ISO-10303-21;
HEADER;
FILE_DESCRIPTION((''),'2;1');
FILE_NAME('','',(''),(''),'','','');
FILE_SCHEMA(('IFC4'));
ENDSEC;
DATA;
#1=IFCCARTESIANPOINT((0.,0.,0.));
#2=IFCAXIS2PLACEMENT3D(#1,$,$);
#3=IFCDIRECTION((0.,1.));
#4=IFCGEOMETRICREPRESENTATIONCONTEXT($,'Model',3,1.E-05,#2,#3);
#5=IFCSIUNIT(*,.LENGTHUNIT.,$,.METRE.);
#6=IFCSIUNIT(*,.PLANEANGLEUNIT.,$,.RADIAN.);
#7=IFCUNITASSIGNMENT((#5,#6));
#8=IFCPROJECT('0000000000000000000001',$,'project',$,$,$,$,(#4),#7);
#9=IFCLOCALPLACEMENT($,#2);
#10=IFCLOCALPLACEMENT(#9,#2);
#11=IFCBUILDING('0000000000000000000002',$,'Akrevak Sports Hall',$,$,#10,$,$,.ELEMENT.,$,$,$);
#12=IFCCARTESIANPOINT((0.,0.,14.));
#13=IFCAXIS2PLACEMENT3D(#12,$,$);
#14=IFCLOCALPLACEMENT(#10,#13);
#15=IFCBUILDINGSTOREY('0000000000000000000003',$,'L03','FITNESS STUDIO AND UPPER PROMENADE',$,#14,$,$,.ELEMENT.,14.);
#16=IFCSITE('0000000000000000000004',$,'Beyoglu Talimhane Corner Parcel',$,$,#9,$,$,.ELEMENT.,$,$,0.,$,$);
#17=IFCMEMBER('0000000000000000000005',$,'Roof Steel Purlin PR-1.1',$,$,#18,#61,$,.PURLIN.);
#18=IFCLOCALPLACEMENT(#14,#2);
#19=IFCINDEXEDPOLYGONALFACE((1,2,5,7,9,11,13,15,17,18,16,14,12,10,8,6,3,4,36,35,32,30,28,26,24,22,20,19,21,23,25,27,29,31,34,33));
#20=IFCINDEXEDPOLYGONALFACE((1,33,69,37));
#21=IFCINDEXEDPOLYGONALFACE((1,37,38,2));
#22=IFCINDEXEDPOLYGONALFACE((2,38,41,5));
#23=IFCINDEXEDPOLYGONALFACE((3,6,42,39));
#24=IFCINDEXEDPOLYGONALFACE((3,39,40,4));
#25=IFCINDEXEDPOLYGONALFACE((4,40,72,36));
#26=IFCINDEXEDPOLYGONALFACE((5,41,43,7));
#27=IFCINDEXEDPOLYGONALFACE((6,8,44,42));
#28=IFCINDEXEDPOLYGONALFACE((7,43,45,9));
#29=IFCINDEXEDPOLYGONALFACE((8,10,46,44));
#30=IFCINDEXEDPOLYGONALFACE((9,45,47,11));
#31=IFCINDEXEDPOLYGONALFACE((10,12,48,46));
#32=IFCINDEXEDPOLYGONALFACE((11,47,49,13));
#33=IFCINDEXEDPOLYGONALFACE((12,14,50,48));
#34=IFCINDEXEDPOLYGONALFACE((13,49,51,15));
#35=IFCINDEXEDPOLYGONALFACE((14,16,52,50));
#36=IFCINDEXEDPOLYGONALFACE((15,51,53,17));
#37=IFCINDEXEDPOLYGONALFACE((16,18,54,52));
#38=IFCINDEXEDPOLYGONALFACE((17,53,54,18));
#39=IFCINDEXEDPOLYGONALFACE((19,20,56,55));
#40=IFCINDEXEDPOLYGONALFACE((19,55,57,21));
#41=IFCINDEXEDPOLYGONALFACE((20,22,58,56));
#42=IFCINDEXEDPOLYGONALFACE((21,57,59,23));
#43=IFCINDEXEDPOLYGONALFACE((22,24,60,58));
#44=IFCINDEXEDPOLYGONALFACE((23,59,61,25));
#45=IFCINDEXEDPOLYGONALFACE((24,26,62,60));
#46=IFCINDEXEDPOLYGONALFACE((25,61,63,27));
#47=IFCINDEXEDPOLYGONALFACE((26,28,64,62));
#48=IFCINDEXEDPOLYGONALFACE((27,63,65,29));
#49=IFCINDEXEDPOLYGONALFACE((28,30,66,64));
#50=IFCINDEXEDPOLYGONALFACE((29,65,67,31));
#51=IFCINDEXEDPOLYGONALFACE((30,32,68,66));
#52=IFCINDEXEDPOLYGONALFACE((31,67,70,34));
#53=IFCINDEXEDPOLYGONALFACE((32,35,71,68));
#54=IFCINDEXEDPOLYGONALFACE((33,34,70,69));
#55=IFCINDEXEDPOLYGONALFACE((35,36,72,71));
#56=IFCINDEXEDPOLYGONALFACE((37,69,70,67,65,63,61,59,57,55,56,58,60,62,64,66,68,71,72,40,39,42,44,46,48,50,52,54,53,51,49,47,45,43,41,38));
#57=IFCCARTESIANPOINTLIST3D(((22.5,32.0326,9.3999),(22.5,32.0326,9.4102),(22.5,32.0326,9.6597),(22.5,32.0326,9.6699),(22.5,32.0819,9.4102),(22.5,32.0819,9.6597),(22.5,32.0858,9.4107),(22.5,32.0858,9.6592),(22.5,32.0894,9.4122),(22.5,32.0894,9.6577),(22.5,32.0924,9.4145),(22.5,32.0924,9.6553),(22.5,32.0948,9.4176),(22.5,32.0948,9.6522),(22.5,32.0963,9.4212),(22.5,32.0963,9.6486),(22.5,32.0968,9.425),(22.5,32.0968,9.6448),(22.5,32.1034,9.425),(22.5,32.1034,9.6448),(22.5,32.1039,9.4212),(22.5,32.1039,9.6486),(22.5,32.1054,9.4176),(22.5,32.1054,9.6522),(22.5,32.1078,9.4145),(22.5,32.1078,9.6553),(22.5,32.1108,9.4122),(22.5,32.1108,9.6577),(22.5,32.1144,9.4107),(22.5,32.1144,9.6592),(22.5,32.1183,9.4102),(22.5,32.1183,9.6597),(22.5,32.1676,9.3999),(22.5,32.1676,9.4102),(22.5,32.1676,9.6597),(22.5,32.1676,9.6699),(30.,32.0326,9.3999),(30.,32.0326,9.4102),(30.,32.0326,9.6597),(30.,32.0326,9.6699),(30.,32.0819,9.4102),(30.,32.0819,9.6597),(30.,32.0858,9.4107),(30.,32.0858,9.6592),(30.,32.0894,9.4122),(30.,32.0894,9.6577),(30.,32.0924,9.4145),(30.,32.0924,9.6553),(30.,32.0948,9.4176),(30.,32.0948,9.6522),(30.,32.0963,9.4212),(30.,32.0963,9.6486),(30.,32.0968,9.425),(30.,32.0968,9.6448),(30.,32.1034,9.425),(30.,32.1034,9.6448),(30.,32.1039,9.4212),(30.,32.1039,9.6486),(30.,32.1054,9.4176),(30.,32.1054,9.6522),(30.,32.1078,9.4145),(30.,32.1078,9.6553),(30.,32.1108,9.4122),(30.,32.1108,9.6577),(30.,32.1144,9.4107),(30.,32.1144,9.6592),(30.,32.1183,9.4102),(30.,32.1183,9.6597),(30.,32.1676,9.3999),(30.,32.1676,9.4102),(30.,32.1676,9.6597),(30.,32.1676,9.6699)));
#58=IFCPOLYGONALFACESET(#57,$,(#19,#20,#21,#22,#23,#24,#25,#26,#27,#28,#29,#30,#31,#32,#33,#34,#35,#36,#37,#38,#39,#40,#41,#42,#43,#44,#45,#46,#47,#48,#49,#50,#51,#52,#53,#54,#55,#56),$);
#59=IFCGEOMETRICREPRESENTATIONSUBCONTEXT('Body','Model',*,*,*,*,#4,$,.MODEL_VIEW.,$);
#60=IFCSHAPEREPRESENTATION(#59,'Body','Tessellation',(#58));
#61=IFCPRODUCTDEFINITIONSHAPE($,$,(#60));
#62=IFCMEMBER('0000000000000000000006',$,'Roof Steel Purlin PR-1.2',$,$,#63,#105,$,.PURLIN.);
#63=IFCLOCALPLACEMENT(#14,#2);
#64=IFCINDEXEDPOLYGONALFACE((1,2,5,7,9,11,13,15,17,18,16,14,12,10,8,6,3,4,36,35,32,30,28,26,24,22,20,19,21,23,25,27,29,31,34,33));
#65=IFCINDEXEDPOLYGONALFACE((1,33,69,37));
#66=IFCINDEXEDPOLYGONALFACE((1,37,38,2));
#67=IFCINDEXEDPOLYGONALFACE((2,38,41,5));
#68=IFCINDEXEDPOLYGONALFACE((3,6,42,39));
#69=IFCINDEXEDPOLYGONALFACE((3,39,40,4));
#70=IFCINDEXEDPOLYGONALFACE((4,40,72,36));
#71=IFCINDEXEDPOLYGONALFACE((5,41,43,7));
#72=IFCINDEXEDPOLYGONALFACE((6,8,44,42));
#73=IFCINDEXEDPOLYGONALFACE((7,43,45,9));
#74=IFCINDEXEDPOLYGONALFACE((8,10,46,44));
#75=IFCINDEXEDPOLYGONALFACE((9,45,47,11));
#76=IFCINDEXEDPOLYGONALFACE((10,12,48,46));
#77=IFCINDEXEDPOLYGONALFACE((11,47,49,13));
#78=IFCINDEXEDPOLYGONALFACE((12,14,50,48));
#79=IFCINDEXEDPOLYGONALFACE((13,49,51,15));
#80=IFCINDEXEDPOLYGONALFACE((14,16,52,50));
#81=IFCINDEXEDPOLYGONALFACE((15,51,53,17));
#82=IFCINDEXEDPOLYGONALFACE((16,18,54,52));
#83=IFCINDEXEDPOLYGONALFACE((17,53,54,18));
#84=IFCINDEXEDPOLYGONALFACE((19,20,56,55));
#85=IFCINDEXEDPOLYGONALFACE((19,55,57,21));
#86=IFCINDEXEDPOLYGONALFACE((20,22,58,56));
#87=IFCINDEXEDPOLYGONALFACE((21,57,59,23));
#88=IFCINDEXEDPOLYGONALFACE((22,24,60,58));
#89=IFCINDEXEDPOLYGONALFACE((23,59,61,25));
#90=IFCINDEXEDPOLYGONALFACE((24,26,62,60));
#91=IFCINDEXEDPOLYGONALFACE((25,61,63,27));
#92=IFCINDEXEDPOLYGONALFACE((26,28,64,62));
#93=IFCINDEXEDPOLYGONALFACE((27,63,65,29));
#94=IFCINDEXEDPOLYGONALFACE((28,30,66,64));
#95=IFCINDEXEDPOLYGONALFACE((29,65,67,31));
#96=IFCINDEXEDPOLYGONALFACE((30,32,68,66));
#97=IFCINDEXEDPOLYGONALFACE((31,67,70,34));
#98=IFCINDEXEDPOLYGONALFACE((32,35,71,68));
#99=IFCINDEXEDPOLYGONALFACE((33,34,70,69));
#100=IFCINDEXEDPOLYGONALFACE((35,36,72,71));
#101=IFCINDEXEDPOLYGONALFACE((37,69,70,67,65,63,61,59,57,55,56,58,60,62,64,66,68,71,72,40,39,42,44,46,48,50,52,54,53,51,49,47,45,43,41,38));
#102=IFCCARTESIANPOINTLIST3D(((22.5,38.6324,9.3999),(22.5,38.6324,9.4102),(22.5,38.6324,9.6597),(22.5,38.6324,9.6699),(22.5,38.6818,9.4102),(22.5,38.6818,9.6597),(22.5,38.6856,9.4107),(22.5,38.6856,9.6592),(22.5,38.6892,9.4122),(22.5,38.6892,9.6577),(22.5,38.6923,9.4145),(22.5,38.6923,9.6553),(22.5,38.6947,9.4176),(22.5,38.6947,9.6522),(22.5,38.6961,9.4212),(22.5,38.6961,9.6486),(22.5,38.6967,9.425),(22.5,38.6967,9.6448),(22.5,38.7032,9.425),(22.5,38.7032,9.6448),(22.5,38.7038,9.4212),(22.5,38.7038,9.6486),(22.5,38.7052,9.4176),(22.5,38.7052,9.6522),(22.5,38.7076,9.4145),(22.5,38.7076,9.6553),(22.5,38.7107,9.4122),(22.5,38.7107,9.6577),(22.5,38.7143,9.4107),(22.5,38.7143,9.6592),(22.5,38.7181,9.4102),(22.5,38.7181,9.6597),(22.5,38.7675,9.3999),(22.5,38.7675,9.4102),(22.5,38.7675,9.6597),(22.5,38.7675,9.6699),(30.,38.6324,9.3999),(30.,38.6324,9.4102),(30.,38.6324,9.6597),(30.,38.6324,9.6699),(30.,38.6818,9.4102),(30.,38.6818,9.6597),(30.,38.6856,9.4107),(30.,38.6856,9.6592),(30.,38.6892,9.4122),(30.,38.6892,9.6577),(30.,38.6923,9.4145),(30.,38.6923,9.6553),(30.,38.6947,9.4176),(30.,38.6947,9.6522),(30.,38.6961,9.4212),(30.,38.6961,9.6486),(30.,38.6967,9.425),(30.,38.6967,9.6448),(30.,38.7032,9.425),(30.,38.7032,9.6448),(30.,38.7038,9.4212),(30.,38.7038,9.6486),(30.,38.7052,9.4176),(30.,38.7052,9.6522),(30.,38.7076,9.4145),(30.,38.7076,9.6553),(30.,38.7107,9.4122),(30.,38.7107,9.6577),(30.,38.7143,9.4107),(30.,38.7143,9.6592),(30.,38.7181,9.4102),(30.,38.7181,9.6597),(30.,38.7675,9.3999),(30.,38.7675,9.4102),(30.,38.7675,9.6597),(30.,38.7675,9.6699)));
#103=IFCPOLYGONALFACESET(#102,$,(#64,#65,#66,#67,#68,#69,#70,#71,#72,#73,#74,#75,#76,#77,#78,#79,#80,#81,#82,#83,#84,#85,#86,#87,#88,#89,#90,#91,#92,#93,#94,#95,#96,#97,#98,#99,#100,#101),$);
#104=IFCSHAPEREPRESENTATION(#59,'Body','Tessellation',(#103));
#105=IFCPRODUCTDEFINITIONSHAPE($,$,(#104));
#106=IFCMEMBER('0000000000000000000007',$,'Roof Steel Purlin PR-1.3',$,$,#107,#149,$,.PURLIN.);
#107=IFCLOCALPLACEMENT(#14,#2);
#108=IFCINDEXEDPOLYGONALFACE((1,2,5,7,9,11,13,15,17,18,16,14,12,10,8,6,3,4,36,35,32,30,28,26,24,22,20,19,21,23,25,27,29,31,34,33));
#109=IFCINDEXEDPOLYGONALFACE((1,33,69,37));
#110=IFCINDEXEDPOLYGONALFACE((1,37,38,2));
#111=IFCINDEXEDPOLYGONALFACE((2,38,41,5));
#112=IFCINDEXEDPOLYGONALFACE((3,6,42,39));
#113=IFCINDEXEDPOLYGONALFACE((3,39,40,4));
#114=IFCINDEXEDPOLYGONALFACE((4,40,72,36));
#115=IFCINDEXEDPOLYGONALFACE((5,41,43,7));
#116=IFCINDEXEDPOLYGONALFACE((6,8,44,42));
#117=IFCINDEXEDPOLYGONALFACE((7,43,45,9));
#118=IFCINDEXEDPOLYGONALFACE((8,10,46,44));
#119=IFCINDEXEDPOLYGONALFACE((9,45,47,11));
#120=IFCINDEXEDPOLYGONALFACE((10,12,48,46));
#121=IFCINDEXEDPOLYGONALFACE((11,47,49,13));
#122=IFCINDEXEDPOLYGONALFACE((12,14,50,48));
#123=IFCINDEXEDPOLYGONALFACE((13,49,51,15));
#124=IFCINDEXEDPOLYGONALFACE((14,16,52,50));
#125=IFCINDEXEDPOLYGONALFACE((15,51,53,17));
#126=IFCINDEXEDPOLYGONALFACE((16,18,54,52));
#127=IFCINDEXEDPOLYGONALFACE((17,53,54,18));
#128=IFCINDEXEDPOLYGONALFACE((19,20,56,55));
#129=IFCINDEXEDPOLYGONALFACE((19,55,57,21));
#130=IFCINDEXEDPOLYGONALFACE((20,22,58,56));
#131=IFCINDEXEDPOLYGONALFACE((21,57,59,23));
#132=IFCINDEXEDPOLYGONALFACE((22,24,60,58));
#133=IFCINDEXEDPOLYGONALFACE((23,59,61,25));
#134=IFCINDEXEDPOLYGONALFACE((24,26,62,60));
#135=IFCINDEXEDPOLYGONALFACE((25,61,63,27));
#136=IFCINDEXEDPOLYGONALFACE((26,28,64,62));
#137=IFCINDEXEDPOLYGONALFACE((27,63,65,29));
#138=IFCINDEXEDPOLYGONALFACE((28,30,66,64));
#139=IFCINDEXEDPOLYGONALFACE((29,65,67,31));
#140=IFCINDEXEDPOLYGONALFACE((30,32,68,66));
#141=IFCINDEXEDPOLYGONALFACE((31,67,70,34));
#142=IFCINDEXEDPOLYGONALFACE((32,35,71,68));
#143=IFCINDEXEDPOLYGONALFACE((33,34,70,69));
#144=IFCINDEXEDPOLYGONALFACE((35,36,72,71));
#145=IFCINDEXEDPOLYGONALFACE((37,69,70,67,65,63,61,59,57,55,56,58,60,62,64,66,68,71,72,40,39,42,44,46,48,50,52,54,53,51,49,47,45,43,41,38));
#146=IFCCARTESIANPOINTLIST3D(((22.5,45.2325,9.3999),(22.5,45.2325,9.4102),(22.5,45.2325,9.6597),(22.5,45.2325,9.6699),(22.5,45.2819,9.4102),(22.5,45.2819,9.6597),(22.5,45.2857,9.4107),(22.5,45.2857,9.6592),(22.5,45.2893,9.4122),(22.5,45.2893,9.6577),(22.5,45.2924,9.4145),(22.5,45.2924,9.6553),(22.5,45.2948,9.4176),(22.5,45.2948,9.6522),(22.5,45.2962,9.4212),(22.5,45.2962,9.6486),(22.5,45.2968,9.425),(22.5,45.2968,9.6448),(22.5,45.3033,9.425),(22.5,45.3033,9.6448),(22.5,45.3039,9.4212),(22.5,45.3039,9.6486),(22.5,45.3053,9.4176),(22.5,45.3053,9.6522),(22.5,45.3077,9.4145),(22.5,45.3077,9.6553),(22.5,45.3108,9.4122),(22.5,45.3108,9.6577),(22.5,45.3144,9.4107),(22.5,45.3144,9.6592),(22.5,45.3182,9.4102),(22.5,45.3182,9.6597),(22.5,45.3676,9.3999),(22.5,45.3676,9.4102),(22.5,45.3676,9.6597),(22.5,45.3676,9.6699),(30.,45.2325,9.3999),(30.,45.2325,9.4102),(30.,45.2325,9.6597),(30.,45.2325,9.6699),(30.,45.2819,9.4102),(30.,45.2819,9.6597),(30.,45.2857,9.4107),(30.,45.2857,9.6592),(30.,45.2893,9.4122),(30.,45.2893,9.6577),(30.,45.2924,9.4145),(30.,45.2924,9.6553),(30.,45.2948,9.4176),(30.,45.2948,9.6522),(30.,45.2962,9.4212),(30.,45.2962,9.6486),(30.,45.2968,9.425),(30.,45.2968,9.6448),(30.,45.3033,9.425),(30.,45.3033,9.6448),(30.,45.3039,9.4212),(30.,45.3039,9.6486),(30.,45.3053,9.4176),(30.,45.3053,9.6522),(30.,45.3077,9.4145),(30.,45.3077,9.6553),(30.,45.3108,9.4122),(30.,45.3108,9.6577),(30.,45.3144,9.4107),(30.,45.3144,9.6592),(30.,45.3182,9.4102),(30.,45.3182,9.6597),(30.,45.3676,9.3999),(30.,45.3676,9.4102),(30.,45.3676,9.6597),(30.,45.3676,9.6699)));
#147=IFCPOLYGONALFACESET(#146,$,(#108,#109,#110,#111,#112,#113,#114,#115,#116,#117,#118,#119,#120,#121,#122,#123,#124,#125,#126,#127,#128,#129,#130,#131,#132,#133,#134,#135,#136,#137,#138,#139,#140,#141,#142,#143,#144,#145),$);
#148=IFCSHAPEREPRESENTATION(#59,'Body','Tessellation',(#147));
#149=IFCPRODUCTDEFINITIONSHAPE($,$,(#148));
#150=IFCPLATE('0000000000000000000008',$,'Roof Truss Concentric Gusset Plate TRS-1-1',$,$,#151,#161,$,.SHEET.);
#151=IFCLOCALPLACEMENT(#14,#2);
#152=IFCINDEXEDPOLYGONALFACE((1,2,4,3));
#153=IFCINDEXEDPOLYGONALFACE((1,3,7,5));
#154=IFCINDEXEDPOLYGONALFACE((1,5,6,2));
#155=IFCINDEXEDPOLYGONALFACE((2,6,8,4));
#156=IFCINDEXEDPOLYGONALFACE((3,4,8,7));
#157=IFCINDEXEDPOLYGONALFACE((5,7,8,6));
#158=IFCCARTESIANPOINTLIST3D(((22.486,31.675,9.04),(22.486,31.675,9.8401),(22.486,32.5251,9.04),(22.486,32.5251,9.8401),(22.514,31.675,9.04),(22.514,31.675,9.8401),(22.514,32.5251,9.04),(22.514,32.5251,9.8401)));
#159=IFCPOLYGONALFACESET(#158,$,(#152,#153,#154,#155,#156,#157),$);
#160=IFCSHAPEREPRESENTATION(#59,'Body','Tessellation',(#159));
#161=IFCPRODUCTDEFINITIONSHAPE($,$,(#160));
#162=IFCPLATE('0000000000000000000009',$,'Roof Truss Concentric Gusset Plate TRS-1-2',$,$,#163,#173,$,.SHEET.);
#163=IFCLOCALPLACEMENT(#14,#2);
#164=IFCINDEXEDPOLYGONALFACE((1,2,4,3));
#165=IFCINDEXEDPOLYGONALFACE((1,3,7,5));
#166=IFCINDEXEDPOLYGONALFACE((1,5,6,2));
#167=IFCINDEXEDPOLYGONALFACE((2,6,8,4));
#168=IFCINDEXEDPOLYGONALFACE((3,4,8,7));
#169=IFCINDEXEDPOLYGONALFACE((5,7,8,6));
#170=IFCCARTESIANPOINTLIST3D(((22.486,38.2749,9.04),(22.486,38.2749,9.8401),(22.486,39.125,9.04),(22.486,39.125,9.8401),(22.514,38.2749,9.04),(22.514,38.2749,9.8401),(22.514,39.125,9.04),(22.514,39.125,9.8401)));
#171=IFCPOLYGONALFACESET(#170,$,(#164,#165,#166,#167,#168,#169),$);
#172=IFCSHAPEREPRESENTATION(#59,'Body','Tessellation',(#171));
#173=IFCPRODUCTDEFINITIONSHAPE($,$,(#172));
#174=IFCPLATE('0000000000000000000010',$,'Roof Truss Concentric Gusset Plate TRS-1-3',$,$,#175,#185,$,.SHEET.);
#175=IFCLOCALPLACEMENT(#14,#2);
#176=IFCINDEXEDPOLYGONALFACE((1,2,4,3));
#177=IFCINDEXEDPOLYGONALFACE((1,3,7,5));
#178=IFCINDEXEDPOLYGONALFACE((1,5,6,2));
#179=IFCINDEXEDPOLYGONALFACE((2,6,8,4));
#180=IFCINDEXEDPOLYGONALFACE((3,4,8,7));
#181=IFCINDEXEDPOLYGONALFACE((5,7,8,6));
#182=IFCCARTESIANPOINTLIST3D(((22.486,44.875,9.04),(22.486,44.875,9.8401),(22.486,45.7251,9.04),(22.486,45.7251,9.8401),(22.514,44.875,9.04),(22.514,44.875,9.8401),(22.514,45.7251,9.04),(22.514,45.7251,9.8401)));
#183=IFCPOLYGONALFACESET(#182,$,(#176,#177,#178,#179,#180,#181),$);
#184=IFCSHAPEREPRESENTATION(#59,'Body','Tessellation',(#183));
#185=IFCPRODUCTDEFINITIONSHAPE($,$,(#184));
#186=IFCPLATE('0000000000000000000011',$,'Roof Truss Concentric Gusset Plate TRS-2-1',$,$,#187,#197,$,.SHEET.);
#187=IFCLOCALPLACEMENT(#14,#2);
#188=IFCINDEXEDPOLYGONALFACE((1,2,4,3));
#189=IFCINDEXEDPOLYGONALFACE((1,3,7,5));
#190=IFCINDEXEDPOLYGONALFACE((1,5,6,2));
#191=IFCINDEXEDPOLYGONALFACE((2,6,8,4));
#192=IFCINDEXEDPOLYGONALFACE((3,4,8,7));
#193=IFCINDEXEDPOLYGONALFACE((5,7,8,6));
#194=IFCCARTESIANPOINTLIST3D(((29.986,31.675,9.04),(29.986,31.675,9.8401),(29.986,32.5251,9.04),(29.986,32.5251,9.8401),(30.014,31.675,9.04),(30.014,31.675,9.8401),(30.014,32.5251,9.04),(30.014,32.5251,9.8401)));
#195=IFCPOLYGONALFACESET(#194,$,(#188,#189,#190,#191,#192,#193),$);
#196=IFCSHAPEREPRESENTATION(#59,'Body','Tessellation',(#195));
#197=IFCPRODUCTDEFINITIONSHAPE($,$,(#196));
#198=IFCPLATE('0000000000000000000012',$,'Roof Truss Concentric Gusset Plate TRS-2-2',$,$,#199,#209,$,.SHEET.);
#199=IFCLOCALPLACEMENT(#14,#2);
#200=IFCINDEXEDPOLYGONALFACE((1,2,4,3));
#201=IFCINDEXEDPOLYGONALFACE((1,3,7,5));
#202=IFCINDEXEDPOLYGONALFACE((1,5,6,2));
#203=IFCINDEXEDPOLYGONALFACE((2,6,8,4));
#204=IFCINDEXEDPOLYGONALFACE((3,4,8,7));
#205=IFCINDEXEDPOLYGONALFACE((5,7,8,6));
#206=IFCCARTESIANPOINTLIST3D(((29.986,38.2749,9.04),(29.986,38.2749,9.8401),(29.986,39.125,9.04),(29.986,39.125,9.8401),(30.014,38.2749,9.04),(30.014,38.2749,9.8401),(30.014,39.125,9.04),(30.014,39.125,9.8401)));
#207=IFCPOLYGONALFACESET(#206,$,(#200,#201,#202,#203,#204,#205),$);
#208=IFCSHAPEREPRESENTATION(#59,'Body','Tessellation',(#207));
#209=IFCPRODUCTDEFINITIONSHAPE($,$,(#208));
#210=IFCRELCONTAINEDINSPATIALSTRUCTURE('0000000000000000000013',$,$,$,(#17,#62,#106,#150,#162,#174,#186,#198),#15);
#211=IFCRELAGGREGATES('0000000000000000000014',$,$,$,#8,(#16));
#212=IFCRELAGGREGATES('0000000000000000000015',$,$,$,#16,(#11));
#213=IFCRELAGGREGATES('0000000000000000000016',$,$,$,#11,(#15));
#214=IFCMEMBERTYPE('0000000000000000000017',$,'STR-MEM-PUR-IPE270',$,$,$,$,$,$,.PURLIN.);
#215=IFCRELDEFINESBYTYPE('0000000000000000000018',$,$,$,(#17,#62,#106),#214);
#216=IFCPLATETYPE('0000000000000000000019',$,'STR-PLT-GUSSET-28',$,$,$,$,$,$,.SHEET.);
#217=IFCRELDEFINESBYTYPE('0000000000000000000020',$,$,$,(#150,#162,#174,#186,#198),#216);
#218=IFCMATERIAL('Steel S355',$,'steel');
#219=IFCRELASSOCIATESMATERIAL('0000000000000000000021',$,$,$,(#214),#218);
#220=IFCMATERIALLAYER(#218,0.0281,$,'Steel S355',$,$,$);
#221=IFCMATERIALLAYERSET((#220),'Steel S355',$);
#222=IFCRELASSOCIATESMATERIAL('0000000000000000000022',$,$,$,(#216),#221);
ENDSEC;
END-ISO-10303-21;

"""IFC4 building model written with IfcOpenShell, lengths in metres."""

from ifc_helpers import new_model, si_unit, direction, frame, origin, origin_2d, place, context, subcontext, project, spatial, rectangle, i_section, extrude, material, layer, layer_set, material_profile, profile_set, type_object, element, save


model = new_model("IFC4")

# Units and contexts
model_context = context("Model", 3, precision=1e-05, world=origin(), true_north=direction((0.0, 1.0)))
body_context = subcontext(model_context, "Body", "Model", "MODEL_VIEW")
ifc_project = project(units=[si_unit("LENGTHUNIT", "METRE"), si_unit("PLANEANGLEUNIT", "RADIAN")], contexts=[model_context])

# Site, building, storey
site_placement = place(None, origin())
site = spatial("IfcSite", under=ifc_project, at=site_placement, Name="Beyoglu Talimhane Corner Parcel", CompositionType="ELEMENT", RefElevation=0.0)
building_placement = place(site_placement, origin())
building = spatial("IfcBuilding", under=site, at=building_placement, Name="Akrevak Sports Hall", CompositionType="ELEMENT")
storey_placement = place(building_placement, frame((0.0, 0.0, 14.0)))
storey = spatial("IfcBuildingStorey", under=building, at=storey_placement, Name="L03", Description="FITNESS STUDIO AND UPPER PROMENADE", CompositionType="ELEMENT", Elevation=14.0)

# Members
ifc_material_1 = material(Name="Steel S355", Category="steel")
ifc_material_profile_1 = material_profile(ifc_material_1, i_section(OverallWidth=0.135, OverallDepth=0.27, WebThickness=0.0066, FlangeThickness=0.0103, FilletRadius=0.0149, at=origin_2d()), Name="IPE 270", Category="steel")
ifc_profile_set_1 = profile_set([ifc_material_profile_1], Name="Steel S355")
member_type_1 = type_object("IfcMemberType", Name="STR-MEM-PUR-IPE270", PredefinedType="PURLIN", material=ifc_profile_set_1)
for number, where, z_axis, x_axis, name in (
    (1, (22.5, 32.1001, 9.5349), (1.0, 0.0, 0.0), (0.0, 1.0, 0.0), "Roof Steel Purlin PR-1.1"),
    (2, (22.5, 38.7, 9.5349), (1.0, 0.0, 0.0), (0.0, 1.0, 0.0), "Roof Steel Purlin PR-1.2"),
    (3, (22.5, 45.3, 9.5349), (1.0, 0.0, 0.0), (0.0, 1.0, 0.0), "Roof Steel Purlin PR-1.3"),
):
    element("IfcMember", number, at=place(storey_placement, frame(where, z_axis=z_axis, x_axis=x_axis)), inside=storey, type_object=member_type_1, Name=name, PredefinedType="PURLIN", context=body_context, shape_type="SweptSolid", body=[
        extrude(i_section(OverallWidth=0.135, OverallDepth=0.27, WebThickness=0.0066, FlangeThickness=0.0103, FilletRadius=0.0149, at=origin_2d()), origin(), (0.0, 0.0, 1.0), 7.5),
    ])

# Plates
ifc_layer = layer(ifc_material_1, 0.0281, Name="Steel S355")
ifc_layer_set = layer_set([ifc_layer], Name="Steel S355")
plate_type = type_object("IfcPlateType", Name="STR-PLT-GUSSET-28", PredefinedType="SHEET", material=ifc_layer_set)
for number, where, z_axis, x_axis, name in (
    (4, (22.5, 32.1001, 9.04), (0.0, 0.0, 1.0), (1.0, 0.0, 0.0), "Roof Truss Concentric Gusset Plate TRS-1-1"),
    (5, (22.5, 38.7, 9.04), (0.0, 0.0, 1.0), (1.0, 0.0, 0.0), "Roof Truss Concentric Gusset Plate TRS-1-2"),
    (6, (22.5, 45.3, 9.04), (0.0, 0.0, 1.0), (1.0, 0.0, 0.0), "Roof Truss Concentric Gusset Plate TRS-1-3"),
    (7, (30.0, 32.1001, 9.04), (0.0, 0.0, 1.0), (1.0, 0.0, 0.0), "Roof Truss Concentric Gusset Plate TRS-2-1"),
    (8, (30.0, 38.7, 9.04), (0.0, 0.0, 1.0), (1.0, 0.0, 0.0), "Roof Truss Concentric Gusset Plate TRS-2-2"),
):
    element("IfcPlate", number, at=place(storey_placement, frame(where, z_axis=z_axis, x_axis=x_axis)), inside=storey, type_object=plate_type, Name=name, PredefinedType="SHEET", context=body_context, shape_type="SweptSolid", body=[
        extrude(rectangle(XDim=0.0281, YDim=0.8501, at=origin_2d()), origin(), (0.0, 0.0, 1.0), 0.8),
    ])

save(model, "model.ifc")
